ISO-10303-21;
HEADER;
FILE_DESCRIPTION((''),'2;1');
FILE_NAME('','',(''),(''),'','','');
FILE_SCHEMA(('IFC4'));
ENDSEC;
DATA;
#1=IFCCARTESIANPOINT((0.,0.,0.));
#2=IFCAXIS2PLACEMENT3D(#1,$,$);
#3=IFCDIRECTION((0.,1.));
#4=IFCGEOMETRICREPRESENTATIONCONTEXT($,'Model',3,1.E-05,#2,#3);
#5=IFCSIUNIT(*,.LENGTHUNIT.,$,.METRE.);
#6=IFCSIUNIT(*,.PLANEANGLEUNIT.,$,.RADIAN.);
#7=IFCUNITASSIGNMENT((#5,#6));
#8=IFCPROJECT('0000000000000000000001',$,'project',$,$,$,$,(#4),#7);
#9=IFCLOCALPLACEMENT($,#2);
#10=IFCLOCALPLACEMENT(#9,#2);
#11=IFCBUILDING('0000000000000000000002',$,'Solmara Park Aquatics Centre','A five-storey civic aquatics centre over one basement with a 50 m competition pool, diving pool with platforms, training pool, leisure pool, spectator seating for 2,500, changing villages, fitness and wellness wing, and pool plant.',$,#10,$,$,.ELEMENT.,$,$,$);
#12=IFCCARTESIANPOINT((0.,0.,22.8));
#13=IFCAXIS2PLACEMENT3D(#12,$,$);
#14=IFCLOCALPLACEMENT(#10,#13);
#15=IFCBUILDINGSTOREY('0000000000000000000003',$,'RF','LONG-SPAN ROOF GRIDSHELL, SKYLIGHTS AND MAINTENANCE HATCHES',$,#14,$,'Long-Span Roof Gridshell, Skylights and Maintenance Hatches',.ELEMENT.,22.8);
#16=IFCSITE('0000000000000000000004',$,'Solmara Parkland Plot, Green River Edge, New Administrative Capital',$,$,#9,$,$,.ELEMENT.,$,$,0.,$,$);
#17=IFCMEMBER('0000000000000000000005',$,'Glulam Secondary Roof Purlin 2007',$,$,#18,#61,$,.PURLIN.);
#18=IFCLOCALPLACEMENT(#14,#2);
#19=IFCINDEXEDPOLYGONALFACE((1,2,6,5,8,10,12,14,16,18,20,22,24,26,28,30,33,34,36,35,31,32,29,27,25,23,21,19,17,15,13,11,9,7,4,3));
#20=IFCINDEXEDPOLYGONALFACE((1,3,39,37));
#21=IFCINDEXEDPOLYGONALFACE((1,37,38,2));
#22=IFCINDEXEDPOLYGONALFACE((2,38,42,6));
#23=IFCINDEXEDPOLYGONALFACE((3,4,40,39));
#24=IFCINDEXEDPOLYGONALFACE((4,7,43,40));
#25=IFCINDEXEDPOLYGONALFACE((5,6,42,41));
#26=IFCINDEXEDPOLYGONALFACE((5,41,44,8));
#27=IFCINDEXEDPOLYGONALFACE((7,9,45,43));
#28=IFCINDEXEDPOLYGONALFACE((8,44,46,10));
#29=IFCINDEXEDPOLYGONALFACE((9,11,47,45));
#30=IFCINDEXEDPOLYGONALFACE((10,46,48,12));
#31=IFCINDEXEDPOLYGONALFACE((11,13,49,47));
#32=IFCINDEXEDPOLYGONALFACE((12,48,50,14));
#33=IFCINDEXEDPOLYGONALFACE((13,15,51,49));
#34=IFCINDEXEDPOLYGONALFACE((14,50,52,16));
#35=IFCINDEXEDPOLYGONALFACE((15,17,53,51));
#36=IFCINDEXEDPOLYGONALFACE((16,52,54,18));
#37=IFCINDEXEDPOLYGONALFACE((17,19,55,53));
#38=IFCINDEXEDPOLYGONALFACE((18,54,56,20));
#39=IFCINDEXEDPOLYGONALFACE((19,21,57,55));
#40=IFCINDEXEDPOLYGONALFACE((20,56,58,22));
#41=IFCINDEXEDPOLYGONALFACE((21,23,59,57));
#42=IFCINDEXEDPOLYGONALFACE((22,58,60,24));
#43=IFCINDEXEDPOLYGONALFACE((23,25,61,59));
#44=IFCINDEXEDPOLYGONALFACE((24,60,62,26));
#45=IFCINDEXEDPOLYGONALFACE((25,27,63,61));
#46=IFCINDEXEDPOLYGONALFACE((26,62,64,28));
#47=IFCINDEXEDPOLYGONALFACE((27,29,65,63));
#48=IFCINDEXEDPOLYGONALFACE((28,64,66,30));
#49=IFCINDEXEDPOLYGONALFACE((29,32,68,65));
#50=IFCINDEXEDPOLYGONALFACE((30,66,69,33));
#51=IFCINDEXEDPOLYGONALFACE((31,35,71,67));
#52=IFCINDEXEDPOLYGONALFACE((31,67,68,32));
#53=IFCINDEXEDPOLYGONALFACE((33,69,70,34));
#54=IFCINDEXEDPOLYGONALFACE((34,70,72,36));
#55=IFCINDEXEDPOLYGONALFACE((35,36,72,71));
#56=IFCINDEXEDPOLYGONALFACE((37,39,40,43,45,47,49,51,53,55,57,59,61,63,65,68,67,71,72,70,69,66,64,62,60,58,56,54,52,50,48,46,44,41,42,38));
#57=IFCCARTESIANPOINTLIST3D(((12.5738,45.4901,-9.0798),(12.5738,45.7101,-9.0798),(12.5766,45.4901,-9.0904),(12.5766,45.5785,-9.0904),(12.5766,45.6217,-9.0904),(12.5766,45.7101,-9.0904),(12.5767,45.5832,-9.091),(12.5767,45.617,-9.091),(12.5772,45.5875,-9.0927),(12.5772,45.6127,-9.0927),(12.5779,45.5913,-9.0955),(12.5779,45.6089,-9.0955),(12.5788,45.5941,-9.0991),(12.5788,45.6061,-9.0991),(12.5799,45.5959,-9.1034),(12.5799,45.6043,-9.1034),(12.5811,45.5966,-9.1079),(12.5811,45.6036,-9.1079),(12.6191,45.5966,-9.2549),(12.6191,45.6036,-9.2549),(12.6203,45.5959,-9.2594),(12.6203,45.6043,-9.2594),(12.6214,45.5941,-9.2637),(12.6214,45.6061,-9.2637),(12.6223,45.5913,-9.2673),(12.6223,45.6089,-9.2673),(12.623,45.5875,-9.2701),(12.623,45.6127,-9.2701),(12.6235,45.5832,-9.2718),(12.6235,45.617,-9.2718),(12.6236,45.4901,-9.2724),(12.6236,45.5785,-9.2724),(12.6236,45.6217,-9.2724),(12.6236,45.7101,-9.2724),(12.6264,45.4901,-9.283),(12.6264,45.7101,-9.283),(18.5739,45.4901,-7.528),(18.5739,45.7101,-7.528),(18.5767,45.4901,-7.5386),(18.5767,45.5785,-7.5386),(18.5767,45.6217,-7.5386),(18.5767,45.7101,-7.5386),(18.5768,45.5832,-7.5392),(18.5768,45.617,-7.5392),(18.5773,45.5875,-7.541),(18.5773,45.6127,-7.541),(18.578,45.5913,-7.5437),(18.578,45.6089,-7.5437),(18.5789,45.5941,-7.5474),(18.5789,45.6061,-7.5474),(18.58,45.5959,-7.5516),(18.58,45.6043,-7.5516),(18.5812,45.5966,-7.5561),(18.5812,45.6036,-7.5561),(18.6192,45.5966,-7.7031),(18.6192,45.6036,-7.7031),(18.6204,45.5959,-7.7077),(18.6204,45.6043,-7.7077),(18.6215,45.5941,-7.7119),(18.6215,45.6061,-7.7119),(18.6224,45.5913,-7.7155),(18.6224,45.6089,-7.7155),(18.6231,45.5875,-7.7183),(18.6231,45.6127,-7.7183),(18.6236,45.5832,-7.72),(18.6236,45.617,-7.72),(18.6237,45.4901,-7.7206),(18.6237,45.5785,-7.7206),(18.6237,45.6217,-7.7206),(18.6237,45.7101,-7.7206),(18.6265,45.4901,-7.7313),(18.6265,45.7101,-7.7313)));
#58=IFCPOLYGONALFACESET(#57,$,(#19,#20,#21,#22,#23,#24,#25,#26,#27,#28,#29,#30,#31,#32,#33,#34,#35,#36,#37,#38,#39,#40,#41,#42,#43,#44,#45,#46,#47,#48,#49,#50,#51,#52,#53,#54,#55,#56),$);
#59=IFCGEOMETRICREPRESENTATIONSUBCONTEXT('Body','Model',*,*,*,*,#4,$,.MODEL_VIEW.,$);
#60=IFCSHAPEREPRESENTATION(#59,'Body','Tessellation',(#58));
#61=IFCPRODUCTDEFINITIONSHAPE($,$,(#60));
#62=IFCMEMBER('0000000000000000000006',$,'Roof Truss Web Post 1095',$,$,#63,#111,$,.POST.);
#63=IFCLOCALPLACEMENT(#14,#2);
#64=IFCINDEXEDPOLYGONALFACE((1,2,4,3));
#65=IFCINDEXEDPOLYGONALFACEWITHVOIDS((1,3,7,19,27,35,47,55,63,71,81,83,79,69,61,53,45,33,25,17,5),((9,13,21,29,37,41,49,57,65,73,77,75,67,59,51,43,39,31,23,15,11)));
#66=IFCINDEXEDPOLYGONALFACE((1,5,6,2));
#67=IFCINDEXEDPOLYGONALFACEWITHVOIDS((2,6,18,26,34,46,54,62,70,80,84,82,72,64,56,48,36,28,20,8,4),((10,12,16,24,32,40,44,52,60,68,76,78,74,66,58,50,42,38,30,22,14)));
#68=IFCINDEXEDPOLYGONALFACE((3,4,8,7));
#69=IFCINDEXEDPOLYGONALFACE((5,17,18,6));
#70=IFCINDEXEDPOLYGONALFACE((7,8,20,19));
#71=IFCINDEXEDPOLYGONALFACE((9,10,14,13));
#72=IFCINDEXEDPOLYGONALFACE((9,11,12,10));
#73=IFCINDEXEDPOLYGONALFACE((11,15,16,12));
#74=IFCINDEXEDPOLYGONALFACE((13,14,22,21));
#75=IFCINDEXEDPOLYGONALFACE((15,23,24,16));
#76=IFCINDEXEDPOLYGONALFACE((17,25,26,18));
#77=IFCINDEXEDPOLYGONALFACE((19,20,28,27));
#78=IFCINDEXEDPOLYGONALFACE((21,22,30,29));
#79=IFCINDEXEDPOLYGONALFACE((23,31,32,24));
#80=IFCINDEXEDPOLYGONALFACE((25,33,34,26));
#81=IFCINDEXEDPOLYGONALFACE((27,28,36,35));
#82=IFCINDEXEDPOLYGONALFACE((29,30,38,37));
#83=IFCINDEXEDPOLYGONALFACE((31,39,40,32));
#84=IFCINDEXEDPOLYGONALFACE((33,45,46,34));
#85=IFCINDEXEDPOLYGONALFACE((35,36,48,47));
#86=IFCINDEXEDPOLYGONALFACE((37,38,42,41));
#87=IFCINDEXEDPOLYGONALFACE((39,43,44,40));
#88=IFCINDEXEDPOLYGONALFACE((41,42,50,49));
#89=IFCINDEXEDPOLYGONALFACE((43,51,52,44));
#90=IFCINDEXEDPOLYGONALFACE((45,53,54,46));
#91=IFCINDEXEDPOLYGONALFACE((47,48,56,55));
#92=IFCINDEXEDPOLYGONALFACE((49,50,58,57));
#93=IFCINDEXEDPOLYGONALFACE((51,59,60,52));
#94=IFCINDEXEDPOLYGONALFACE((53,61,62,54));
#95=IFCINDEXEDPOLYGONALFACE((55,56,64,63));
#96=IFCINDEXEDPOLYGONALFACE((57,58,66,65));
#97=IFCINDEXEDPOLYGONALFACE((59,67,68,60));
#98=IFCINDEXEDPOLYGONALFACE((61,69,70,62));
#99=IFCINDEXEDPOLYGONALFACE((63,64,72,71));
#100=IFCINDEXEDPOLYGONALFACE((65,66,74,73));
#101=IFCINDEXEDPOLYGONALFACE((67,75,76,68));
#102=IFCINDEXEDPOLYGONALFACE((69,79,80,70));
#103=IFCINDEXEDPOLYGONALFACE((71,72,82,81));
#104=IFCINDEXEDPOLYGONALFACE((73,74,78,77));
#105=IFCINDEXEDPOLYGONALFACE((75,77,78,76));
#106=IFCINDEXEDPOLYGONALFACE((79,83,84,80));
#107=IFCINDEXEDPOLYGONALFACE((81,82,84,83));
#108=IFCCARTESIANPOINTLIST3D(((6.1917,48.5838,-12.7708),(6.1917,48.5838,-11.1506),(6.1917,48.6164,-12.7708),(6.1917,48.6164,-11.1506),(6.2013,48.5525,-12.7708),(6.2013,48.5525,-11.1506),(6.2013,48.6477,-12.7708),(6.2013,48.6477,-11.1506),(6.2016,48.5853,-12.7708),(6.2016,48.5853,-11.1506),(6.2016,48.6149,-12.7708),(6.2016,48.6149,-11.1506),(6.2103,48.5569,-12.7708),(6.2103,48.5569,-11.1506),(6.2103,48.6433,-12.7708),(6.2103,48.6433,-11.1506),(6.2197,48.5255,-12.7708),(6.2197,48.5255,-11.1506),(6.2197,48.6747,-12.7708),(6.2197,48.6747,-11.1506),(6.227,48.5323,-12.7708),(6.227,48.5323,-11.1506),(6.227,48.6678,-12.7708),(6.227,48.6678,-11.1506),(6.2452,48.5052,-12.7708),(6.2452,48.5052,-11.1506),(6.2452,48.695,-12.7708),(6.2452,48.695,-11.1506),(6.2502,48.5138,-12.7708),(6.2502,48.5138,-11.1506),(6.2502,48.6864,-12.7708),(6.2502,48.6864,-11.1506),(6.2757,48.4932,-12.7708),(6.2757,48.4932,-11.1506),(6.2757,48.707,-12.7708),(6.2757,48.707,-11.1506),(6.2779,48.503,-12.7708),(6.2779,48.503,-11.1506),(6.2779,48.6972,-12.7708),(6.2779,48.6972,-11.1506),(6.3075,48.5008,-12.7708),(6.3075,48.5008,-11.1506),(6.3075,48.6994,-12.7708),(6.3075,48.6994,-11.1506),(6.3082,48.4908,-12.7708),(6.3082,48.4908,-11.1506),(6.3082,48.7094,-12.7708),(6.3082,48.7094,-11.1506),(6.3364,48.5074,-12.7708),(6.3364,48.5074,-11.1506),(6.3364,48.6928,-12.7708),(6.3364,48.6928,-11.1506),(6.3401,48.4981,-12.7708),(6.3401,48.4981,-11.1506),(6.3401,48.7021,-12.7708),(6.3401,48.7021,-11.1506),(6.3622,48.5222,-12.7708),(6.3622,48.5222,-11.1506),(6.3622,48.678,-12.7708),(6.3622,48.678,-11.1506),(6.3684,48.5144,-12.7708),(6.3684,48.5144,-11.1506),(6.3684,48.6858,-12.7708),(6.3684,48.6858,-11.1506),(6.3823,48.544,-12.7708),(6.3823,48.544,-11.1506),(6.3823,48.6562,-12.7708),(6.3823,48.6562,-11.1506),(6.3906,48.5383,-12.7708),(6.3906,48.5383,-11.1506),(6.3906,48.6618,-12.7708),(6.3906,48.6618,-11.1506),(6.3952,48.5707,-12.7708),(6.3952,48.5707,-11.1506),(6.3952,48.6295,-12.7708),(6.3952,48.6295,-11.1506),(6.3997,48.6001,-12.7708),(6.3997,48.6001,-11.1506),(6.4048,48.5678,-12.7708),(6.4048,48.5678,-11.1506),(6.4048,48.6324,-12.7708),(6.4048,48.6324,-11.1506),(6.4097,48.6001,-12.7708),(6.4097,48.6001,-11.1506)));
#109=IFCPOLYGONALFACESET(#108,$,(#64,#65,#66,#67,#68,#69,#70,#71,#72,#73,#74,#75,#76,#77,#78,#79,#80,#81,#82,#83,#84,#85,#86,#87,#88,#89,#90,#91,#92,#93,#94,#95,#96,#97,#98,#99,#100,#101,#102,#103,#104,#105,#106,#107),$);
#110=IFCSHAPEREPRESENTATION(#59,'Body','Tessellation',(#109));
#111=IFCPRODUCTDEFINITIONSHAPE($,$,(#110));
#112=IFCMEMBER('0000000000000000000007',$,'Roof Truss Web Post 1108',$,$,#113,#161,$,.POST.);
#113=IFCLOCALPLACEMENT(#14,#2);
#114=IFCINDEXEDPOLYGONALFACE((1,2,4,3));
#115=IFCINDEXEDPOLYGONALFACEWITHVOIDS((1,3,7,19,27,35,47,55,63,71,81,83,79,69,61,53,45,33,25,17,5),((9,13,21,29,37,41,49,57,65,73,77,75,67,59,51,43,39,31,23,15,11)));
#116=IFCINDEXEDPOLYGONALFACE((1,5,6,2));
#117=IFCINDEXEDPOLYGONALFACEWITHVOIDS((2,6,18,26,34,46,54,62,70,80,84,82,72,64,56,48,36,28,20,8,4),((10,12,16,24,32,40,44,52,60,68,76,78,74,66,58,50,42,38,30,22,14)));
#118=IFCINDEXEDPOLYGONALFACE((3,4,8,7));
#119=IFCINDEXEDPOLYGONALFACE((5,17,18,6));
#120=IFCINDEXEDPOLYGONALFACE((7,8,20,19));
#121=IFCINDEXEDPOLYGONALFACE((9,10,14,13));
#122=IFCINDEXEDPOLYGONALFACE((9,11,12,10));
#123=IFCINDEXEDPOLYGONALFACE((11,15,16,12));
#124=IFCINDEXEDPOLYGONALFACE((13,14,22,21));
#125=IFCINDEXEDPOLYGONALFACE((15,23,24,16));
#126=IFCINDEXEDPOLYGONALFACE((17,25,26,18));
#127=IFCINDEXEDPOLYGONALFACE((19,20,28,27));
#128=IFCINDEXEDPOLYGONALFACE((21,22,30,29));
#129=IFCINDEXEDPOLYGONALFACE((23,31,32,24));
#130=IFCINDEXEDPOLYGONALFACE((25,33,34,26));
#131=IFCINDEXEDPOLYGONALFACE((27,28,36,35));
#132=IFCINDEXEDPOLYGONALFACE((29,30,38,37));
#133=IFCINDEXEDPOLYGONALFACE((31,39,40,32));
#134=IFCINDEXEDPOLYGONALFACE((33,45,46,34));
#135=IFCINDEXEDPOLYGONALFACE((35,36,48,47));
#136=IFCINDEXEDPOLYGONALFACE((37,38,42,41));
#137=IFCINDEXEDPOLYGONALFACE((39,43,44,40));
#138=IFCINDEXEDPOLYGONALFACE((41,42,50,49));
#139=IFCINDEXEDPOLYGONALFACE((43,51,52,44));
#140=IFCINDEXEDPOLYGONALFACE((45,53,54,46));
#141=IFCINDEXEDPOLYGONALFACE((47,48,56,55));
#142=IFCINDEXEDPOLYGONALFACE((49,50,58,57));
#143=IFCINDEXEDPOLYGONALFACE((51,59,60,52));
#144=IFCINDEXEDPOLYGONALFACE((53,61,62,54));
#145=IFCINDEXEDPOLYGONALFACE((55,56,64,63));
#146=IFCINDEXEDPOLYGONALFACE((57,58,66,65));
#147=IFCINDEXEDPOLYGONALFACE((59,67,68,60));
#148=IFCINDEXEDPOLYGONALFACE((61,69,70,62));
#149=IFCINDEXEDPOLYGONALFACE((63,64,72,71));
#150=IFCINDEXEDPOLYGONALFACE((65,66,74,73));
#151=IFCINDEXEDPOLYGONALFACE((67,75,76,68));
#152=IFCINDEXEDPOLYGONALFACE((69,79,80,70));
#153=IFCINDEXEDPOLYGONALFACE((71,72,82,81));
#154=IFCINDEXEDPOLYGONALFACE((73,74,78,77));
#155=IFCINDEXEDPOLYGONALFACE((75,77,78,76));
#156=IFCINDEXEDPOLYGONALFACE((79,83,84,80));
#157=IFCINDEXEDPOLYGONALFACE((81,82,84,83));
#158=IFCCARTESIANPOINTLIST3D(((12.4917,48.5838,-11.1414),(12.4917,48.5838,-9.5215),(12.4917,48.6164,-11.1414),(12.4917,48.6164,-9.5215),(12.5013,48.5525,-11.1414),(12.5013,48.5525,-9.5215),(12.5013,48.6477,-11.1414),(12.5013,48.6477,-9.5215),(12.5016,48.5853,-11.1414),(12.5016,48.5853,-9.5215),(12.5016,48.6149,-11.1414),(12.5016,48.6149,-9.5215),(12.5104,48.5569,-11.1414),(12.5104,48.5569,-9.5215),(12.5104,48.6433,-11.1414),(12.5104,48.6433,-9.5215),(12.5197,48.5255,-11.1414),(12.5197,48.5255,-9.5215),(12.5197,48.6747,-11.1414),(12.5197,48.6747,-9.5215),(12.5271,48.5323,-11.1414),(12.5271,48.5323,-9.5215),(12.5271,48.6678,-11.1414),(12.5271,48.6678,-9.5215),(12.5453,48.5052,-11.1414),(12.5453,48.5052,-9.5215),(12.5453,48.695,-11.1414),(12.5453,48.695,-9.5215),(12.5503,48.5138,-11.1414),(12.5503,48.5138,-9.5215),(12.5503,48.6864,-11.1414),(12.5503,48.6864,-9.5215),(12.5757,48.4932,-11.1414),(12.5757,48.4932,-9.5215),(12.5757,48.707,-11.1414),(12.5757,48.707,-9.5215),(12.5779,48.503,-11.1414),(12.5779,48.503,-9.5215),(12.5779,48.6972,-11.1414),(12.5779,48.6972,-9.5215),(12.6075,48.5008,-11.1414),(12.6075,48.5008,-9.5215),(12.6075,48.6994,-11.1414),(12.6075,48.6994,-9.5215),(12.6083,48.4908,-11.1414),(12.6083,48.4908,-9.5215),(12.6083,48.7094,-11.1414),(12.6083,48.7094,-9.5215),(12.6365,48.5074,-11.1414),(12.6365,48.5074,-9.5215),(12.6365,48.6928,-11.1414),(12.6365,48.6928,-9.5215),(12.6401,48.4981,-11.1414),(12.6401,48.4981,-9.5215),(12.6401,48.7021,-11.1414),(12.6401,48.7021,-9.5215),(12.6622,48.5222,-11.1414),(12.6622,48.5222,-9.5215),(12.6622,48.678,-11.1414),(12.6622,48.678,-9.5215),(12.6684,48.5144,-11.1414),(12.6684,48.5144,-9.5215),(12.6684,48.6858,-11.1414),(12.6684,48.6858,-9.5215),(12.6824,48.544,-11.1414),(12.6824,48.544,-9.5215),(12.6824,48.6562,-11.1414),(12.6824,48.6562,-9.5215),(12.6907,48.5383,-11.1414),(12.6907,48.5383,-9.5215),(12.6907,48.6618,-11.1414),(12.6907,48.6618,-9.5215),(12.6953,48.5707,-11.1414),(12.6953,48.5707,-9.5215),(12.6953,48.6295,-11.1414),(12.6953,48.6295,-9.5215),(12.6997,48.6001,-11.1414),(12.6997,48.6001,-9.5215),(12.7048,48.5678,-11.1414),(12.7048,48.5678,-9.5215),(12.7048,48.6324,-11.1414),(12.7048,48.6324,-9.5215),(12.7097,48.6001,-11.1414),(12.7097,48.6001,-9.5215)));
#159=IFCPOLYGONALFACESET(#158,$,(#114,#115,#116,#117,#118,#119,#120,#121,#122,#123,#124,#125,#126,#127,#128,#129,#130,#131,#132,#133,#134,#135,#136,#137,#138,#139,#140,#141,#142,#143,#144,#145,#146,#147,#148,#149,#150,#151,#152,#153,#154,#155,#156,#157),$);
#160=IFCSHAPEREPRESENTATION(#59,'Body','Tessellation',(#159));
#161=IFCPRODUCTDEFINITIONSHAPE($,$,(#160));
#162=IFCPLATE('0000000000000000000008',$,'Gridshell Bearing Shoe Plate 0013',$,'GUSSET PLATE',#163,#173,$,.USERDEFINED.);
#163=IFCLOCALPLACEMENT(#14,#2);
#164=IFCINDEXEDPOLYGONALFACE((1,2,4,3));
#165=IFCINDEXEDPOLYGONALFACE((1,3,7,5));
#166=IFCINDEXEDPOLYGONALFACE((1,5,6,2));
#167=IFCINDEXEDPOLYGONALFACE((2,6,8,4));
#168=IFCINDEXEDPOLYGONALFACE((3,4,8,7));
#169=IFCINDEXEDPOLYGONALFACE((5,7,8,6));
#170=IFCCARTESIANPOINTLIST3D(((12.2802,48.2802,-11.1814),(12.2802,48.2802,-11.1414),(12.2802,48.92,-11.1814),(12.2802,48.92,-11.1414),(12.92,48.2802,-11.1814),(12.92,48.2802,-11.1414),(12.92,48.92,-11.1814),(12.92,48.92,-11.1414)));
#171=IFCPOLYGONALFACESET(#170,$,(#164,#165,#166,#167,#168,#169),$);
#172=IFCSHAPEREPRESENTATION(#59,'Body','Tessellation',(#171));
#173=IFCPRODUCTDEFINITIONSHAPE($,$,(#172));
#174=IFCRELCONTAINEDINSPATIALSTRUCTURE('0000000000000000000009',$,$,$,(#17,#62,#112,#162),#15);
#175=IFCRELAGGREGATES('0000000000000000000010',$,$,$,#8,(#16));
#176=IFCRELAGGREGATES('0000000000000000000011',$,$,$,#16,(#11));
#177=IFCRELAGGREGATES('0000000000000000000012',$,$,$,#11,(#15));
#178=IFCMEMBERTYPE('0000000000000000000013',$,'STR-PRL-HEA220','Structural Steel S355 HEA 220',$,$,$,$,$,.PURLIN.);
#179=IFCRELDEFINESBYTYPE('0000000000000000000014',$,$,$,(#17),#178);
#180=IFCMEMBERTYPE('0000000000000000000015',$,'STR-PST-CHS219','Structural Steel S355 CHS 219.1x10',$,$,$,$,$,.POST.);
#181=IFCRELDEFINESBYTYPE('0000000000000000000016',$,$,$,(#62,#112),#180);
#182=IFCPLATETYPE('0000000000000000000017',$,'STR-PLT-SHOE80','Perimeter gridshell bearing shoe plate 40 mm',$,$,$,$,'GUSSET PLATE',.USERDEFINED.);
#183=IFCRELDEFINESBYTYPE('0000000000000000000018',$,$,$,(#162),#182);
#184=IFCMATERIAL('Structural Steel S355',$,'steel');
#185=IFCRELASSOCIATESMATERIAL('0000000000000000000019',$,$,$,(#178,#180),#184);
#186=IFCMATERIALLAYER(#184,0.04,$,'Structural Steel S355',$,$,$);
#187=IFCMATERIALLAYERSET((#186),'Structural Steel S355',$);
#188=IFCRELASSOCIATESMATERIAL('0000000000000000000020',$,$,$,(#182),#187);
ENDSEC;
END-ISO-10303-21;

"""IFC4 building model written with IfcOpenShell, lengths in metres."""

from ifc_helpers import new_model, si_unit, direction, frame, origin, origin_2d, place, context, subcontext, project, spatial, rectangle, hollow_circle, i_section, extrude, material, layer, layer_set, material_profile, profile_set, type_object, element, save


model = new_model("IFC4")

# Units and contexts
model_context = context("Model", 3, precision=1e-05, world=origin(), true_north=direction((0.0, 1.0)))
body_context = subcontext(model_context, "Body", "Model", "MODEL_VIEW")
ifc_project = project(units=[si_unit("LENGTHUNIT", "METRE"), si_unit("PLANEANGLEUNIT", "RADIAN")], contexts=[model_context])

# Site, building, storey
site_placement = place(None, origin())
site = spatial("IfcSite", under=ifc_project, at=site_placement, Name="Solmara Parkland Plot, Green River Edge, New Administrative Capital", CompositionType="ELEMENT", RefElevation=0.0)
building_placement = place(site_placement, origin())
building = spatial("IfcBuilding", under=site, at=building_placement, Name="Solmara Park Aquatics Centre", Description="A five-storey civic aquatics centre over one basement with a 50 m competition pool, diving pool with platforms, training pool, leisure pool, spectator seating for 2,500, changing villages, fitness and wellness wing, and pool plant.", CompositionType="ELEMENT")
storey_placement = place(building_placement, frame((0.0, 0.0, 22.8)))
storey = spatial("IfcBuildingStorey", under=building, at=storey_placement, Name="RF", Description="LONG-SPAN ROOF GRIDSHELL, SKYLIGHTS AND MAINTENANCE HATCHES", LongName="Long-Span Roof Gridshell, Skylights and Maintenance Hatches", CompositionType="ELEMENT", Elevation=22.8)

# Members
ifc_material_1 = material(Name="Structural Steel S355", Category="steel")
ifc_material_profile_1 = material_profile(ifc_material_1, i_section(OverallWidth=0.22, OverallDepth=0.21, WebThickness=0.0071, FlangeThickness=0.011, FilletRadius=0.0181, at=origin_2d()), Name="HEA 220")
ifc_profile_set_1 = profile_set([ifc_material_profile_1], Name="Structural Steel S355")
member_type_1 = type_object("IfcMemberType", Name="STR-PRL-HEA220", Description="Structural Steel S355 HEA 220", PredefinedType="PURLIN", material=ifc_profile_set_1)
member_1_placement = place(storey_placement, frame((12.6001, 45.6001, -9.1814), z_axis=(0.968146, 0.0, 0.250388), x_axis=(0.0, 1.0, 0.0)))
element("IfcMember", 1, at=member_1_placement, inside=storey, type_object=member_type_1, Name="Glulam Secondary Roof Purlin 2007", PredefinedType="PURLIN", context=body_context, shape_type="SweptSolid", body=[
    extrude(i_section(OverallWidth=0.22, OverallDepth=0.21, WebThickness=0.0071, FlangeThickness=0.011, FilletRadius=0.0181, at=origin_2d()), origin(), (0.0, 0.0, 1.0), 6.1975),
])
ifc_material_profile_2 = material_profile(ifc_material_1, hollow_circle(Radius=0.1096, WallThickness=0.01, at=origin_2d()), Name="CHS 219.1x10")
ifc_profile_set_2 = profile_set([ifc_material_profile_2], Name="Structural Steel S355")
member_type_2 = type_object("IfcMemberType", Name="STR-PST-CHS219", Description="Structural Steel S355 CHS 219.1x10", PredefinedType="POST", material=ifc_profile_set_2)
member_2_placement = place(storey_placement, frame((6.3, 48.6001, -12.7708), z_axis=(0.0, 0.0, 1.0), x_axis=(1.0, 0.0, 0.0)))
element("IfcMember", 2, at=member_2_placement, inside=storey, type_object=member_type_2, Name="Roof Truss Web Post 1095", PredefinedType="POST", context=body_context, shape_type="SweptSolid", body=[
    extrude(hollow_circle(Radius=0.1096, WallThickness=0.01, at=origin_2d()), origin(), (0.0, 0.0, 1.0), 1.6201),
])
member_3_placement = place(storey_placement, frame((12.6001, 48.6001, -11.1414), z_axis=(0.0, 0.0, 1.0), x_axis=(1.0, 0.0, 0.0)))
element("IfcMember", 3, at=member_3_placement, inside=storey, type_object=member_type_2, Name="Roof Truss Web Post 1108", PredefinedType="POST", context=body_context, shape_type="SweptSolid", body=[
    extrude(hollow_circle(Radius=0.1096, WallThickness=0.01, at=origin_2d()), origin(), (0.0, 0.0, 1.0), 1.6199),
])

# Plate
ifc_layer = layer(ifc_material_1, 0.04, Name="Structural Steel S355")
ifc_layer_set = layer_set([ifc_layer], Name="Structural Steel S355")
plate_type = type_object("IfcPlateType", Name="STR-PLT-SHOE80", Description="Perimeter gridshell bearing shoe plate 40 mm", ElementType="GUSSET PLATE", PredefinedType="USERDEFINED", material=ifc_layer_set)
plate_placement = place(storey_placement, frame((12.6001, 48.6001, -11.1814), z_axis=(0.0, 0.0, 1.0), x_axis=(1.0, 0.0, 0.0)))
element("IfcPlate", 4, at=plate_placement, inside=storey, type_object=plate_type, Name="Gridshell Bearing Shoe Plate 0013", ObjectType="GUSSET PLATE", PredefinedType="USERDEFINED", context=body_context, shape_type="SweptSolid", body=[
    extrude(rectangle(XDim=0.6399, YDim=0.6399, at=origin_2d()), origin(), (0.0, 0.0, 1.0), 0.04),
])

save(model, "model.ifc")
